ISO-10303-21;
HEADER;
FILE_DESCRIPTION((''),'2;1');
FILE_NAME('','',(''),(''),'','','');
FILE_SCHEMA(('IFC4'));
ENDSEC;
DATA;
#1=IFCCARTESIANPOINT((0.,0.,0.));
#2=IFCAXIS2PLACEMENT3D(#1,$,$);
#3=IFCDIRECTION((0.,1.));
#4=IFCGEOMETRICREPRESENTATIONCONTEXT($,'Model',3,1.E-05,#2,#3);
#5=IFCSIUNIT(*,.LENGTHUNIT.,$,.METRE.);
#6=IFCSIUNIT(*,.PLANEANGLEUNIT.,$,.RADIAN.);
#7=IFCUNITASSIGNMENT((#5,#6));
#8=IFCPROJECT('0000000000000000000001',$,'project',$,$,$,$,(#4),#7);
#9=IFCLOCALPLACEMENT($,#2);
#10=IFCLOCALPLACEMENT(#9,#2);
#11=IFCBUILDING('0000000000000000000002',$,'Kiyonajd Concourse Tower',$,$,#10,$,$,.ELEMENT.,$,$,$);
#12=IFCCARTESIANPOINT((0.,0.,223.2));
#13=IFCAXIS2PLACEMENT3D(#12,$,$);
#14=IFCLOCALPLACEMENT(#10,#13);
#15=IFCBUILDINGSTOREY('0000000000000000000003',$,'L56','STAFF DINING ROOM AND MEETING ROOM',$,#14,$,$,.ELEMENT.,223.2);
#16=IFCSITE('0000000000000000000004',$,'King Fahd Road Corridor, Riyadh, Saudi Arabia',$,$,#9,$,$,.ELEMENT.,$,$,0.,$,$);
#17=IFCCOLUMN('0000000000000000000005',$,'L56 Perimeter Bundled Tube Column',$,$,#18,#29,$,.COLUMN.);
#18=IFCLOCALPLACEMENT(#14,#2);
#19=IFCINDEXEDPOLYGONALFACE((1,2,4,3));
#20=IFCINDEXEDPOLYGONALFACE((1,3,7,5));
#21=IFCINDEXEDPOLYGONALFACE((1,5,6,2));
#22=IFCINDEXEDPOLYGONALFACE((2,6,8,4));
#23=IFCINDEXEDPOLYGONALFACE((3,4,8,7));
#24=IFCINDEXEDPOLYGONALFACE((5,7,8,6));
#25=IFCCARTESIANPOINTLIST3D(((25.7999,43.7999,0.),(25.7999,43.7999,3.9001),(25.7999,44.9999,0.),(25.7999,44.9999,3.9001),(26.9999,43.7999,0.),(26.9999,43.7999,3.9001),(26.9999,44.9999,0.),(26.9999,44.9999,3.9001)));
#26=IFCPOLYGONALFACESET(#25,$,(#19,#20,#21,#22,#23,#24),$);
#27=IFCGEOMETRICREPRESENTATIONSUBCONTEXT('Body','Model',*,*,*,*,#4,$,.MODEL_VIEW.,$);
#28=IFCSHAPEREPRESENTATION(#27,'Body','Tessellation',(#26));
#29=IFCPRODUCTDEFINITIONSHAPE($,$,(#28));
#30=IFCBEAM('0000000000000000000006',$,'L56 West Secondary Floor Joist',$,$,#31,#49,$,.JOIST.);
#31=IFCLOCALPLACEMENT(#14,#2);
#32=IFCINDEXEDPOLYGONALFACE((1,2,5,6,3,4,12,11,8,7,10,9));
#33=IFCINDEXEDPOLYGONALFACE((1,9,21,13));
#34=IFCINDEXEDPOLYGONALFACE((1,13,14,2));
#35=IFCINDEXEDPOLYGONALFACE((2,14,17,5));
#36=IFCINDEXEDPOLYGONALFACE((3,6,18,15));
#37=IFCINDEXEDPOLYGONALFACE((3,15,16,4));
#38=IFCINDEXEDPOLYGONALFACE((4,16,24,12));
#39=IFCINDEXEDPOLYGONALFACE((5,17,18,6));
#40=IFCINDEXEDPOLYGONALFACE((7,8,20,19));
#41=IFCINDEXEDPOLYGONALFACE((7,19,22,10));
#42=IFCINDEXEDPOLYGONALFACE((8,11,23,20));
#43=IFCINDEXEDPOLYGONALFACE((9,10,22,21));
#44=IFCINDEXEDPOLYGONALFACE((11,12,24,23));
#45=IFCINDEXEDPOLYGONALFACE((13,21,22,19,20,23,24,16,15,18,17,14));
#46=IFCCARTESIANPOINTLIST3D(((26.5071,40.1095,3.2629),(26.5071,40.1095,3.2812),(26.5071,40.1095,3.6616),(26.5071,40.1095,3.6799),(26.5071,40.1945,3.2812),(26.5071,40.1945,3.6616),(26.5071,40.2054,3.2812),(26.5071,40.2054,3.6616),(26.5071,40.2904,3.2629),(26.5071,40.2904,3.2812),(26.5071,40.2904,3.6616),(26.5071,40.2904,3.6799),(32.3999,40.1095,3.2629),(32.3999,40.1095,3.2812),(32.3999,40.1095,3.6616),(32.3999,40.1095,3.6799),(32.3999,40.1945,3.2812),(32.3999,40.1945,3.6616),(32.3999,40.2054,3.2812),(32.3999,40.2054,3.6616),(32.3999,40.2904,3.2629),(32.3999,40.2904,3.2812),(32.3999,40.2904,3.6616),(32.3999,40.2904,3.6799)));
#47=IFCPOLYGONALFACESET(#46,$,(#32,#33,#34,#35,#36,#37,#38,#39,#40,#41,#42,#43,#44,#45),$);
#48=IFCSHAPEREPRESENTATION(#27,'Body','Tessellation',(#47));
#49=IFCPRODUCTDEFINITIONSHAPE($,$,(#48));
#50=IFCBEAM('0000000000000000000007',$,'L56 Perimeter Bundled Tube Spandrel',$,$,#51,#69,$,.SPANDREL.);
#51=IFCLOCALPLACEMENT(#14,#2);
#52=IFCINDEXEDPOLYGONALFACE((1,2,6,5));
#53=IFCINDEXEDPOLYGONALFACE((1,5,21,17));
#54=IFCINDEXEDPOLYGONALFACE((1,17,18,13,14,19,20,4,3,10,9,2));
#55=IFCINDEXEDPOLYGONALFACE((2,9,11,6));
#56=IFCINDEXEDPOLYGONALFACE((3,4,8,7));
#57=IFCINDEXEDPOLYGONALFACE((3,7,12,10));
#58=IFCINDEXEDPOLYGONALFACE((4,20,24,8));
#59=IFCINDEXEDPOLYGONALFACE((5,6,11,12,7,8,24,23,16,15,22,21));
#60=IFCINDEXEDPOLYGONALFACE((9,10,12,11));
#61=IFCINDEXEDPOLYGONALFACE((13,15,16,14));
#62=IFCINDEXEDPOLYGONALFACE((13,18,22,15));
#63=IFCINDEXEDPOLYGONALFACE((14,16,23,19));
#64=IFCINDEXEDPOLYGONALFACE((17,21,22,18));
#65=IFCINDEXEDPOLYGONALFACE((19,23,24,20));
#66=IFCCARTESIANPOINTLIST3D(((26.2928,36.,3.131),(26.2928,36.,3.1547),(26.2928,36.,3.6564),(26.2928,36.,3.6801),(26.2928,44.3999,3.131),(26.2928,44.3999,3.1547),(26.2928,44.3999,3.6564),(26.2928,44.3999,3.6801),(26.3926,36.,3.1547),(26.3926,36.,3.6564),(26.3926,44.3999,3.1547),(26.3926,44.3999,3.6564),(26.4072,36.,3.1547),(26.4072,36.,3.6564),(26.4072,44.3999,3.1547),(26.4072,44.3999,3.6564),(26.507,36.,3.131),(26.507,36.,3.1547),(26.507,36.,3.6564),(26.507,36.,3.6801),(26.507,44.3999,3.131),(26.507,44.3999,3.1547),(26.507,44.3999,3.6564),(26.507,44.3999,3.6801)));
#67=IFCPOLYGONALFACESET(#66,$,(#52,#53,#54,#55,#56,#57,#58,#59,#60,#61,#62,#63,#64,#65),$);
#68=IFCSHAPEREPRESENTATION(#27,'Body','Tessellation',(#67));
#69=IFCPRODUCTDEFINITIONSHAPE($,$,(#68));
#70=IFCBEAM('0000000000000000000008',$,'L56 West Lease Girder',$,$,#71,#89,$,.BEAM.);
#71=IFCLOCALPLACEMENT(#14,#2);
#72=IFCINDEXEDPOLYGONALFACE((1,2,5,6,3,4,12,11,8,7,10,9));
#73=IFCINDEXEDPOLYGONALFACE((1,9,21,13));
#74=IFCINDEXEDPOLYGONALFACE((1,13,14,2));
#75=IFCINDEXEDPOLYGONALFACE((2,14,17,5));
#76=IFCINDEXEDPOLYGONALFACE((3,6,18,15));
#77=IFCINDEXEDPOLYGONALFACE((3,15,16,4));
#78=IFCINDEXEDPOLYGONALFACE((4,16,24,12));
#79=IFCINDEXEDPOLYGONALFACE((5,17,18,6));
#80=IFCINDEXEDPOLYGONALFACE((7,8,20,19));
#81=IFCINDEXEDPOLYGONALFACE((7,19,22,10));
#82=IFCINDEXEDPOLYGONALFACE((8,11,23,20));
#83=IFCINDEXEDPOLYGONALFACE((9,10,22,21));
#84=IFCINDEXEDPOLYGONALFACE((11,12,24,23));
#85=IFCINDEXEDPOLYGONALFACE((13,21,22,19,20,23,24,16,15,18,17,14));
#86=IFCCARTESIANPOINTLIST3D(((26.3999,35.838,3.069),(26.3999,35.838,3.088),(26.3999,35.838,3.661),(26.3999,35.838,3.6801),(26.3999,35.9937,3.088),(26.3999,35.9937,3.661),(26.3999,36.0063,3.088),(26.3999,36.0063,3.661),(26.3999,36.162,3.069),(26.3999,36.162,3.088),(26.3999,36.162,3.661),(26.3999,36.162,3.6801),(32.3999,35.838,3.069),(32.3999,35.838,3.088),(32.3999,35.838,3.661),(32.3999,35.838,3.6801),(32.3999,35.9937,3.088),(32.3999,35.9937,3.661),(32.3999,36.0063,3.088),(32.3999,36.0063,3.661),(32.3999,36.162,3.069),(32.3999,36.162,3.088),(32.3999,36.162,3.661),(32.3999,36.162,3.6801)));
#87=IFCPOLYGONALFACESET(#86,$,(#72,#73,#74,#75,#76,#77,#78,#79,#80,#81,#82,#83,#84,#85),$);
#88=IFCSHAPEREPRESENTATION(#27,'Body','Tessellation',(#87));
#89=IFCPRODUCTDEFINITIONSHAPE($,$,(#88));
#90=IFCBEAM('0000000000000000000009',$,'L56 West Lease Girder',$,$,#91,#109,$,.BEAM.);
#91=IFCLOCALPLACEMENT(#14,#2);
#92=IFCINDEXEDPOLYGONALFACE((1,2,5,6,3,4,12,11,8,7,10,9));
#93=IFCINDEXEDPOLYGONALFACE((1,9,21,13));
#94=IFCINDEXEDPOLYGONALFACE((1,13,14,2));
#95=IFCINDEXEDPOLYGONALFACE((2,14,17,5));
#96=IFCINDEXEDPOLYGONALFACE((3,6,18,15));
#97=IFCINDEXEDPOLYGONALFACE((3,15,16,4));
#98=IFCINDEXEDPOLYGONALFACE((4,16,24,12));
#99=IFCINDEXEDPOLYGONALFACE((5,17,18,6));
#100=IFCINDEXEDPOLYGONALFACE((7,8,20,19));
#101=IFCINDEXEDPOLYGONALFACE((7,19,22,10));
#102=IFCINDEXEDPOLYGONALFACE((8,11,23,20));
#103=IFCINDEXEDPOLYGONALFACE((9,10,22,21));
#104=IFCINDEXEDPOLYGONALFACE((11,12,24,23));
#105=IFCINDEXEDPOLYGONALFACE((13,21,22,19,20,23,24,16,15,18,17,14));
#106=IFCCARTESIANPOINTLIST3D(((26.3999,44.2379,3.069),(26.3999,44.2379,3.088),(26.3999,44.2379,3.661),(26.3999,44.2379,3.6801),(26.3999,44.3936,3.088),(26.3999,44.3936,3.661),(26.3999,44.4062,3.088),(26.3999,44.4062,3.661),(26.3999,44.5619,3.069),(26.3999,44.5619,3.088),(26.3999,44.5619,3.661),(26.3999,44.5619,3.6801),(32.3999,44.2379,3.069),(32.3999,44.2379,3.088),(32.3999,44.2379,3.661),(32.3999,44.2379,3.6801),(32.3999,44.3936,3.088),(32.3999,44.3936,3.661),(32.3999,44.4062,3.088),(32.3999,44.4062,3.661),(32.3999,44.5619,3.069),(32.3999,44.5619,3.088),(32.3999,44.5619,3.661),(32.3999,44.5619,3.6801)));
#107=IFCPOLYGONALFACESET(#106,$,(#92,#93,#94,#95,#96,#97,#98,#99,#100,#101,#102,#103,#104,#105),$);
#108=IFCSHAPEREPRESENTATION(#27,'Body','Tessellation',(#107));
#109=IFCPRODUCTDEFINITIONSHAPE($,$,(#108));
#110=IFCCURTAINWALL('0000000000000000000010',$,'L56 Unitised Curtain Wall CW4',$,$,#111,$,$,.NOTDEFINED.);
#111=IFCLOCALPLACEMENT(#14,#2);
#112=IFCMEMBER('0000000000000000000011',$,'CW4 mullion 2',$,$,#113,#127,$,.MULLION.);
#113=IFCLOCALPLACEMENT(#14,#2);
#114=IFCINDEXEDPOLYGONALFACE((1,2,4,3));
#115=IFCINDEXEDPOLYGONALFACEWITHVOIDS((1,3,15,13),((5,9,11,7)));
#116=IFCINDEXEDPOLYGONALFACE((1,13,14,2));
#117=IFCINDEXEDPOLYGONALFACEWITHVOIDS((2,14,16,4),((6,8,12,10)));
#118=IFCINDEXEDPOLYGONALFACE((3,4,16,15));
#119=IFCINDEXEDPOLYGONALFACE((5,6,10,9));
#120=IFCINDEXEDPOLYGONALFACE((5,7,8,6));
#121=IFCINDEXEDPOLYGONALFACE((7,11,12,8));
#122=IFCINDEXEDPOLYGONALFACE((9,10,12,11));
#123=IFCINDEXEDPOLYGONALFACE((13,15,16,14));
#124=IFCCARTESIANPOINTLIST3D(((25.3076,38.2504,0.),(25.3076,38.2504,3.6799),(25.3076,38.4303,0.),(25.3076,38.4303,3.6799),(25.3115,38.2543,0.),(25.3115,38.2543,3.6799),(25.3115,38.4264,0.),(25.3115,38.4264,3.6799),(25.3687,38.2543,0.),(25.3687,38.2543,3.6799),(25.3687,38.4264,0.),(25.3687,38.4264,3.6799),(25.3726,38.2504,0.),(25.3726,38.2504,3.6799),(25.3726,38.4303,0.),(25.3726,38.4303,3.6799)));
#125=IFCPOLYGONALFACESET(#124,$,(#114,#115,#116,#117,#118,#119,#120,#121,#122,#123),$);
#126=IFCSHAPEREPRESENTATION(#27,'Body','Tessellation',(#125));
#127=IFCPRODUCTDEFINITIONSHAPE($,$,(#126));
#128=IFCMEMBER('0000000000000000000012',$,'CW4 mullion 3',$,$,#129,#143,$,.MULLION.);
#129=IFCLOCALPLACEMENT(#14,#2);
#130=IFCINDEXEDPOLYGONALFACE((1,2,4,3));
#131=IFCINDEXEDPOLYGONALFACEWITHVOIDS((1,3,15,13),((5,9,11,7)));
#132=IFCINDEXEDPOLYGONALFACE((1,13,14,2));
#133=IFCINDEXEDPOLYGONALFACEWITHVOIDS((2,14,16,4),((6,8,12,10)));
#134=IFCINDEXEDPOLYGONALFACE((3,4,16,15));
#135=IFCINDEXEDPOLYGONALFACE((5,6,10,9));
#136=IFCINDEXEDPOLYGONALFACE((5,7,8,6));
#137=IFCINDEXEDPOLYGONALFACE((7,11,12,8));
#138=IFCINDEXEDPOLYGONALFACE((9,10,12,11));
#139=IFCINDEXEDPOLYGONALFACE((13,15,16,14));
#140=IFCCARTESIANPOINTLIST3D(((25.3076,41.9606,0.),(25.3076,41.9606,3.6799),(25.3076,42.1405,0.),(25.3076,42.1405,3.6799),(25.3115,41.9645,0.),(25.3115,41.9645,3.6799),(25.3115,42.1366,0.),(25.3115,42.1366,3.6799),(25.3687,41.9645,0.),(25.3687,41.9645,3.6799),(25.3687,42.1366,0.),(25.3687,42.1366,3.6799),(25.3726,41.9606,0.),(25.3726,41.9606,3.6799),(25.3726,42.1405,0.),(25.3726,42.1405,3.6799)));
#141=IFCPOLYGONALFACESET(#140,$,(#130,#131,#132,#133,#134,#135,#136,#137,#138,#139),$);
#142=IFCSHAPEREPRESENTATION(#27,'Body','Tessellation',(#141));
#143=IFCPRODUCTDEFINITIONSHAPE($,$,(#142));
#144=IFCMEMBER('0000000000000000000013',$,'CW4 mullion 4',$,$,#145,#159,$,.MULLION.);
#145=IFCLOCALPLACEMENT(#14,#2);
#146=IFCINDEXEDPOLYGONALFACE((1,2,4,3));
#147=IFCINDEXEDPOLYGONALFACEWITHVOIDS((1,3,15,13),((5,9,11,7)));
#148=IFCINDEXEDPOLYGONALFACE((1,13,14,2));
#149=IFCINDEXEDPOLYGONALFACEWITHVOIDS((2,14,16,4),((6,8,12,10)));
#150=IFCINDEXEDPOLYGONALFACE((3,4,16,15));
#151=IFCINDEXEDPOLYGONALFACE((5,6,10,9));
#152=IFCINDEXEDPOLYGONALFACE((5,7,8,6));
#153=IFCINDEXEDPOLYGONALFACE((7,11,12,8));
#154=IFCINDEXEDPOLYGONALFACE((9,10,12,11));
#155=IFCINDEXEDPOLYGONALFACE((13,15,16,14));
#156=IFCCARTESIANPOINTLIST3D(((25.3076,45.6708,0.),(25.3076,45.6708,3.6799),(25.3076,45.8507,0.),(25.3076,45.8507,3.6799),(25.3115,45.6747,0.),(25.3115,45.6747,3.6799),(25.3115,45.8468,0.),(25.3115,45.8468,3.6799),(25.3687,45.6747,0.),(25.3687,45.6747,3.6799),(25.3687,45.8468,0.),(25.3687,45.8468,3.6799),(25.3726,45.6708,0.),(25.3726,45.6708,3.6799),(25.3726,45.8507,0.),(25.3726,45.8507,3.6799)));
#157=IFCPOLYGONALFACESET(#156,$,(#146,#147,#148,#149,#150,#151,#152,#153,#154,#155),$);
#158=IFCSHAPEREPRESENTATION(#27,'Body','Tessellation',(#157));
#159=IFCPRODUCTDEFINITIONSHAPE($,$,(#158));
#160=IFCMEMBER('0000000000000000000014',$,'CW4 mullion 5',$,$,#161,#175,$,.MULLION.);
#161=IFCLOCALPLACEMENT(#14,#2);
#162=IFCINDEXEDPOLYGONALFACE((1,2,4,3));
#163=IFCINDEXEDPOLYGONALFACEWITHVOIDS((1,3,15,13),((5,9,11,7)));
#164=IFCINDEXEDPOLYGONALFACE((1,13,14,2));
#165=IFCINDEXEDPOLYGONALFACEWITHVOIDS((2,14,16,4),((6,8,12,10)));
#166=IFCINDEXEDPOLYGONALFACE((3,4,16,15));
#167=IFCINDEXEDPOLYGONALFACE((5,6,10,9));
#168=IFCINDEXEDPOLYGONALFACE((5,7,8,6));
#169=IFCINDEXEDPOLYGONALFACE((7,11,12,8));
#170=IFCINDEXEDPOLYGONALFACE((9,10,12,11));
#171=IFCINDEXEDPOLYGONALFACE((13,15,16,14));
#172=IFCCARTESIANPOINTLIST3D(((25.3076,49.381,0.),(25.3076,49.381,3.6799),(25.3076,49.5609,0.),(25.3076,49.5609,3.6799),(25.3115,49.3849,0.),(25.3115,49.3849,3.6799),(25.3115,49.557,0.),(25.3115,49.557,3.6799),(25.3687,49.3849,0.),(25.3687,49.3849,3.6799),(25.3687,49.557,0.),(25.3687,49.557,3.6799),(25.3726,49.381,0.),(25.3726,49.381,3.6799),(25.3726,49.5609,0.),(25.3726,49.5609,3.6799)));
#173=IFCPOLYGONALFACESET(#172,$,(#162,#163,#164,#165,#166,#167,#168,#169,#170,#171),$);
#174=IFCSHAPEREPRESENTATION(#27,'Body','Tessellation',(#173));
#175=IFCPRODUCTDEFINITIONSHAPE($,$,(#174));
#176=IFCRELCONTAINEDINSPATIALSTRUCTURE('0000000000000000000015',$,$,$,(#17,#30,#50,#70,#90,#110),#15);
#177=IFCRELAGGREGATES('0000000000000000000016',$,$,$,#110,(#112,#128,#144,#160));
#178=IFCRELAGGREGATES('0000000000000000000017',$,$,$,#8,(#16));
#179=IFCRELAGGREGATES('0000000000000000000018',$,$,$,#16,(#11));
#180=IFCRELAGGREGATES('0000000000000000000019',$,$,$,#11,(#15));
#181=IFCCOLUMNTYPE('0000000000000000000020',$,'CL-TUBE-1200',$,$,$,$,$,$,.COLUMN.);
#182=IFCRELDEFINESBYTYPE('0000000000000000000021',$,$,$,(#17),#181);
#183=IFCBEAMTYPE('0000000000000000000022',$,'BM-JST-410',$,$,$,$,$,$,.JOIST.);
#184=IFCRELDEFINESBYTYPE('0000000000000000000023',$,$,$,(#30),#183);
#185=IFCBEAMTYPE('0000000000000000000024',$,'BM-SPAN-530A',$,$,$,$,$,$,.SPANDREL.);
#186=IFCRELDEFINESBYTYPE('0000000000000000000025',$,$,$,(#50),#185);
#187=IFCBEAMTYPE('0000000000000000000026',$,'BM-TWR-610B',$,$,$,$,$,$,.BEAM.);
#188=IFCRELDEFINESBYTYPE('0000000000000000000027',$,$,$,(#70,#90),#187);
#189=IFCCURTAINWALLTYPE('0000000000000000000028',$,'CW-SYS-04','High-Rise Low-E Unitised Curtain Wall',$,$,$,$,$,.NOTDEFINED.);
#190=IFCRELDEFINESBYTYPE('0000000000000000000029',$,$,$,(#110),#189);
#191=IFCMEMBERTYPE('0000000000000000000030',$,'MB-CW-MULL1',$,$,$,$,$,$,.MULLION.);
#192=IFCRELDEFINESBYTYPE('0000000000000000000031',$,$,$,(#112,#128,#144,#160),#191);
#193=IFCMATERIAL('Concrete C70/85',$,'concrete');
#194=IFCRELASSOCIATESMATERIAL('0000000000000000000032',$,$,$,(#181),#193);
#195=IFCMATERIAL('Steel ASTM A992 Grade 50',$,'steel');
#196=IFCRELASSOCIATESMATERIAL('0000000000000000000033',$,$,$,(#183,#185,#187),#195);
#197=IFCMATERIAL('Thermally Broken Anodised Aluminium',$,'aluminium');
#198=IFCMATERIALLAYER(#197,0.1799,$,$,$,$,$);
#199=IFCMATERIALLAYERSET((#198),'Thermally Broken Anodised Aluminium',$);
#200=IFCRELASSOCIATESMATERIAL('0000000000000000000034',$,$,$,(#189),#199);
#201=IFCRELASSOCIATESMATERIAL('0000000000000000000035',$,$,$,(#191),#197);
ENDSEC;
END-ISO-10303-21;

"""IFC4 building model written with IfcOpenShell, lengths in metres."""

from ifc_helpers import new_model, si_unit, direction, frame, origin, origin_2d, place, context, subcontext, project, spatial, rectangle, hollow_rectangle, i_section, extrude, material, layer, layer_set, material_profile, profile_set, type_object, element, aggregate, save


model = new_model("IFC4")

# Units and contexts
model_context = context("Model", 3, precision=1e-05, world=origin(), true_north=direction((0.0, 1.0)))
body_context = subcontext(model_context, "Body", "Model", "MODEL_VIEW")
ifc_project = project(units=[si_unit("LENGTHUNIT", "METRE"), si_unit("PLANEANGLEUNIT", "RADIAN")], contexts=[model_context])

# Site, building, storey
site_placement = place(None, origin())
site = spatial("IfcSite", under=ifc_project, at=site_placement, Name="King Fahd Road Corridor, Riyadh, Saudi Arabia", CompositionType="ELEMENT", RefElevation=0.0)
building_placement = place(site_placement, origin())
building = spatial("IfcBuilding", under=site, at=building_placement, Name="Kiyonajd Concourse Tower", CompositionType="ELEMENT")
storey_placement = place(building_placement, frame((0.0, 0.0, 223.2)))
storey = spatial("IfcBuildingStorey", under=building, at=storey_placement, Name="L56", Description="STAFF DINING ROOM AND MEETING ROOM", CompositionType="ELEMENT", Elevation=223.2)

# Column
ifc_material_1 = material(Name="Concrete C70/85", Category="concrete")
ifc_material_profile_1 = material_profile(ifc_material_1, rectangle(XDim=1.2, YDim=1.2, at=origin_2d()), Name="RC-1200x1200")
ifc_profile_set_1 = profile_set([ifc_material_profile_1], Name="Concrete C70/85")
column_type = type_object("IfcColumnType", Name="CL-TUBE-1200", PredefinedType="COLUMN", material=ifc_profile_set_1)
column_placement = place(storey_placement, frame((26.3999, 44.3999, 0.0), z_axis=(0.0, 0.0, 1.0), x_axis=(1.0, 0.0, 0.0)))
element("IfcColumn", 1, at=column_placement, inside=storey, type_object=column_type, Name="L56 Perimeter Bundled Tube Column", PredefinedType="COLUMN", context=body_context, shape_type="SweptSolid", body=[
    extrude(rectangle(XDim=1.2, YDim=1.2, at=origin_2d()), origin(), (0.0, 0.0, 1.0), 3.9001),
])

# Beams
ifc_material_2 = material(Name="Steel ASTM A992 Grade 50", Category="steel")
ifc_material_profile_2 = material_profile(ifc_material_2, i_section(OverallWidth=0.1809, OverallDepth=0.417, WebThickness=0.011, FlangeThickness=0.0183, at=origin_2d()), Name="W410X85")
ifc_profile_set_2 = profile_set([ifc_material_profile_2], Name="Steel ASTM A992 Grade 50")
beam_type_1 = type_object("IfcBeamType", Name="BM-JST-410", PredefinedType="JOIST", material=ifc_profile_set_2)
beam_1_placement = place(storey_placement, frame((26.5071, 40.2, 3.4714), z_axis=(1.0, 0.0, 0.0), x_axis=(0.0, 1.0, 0.0)))
element("IfcBeam", 2, at=beam_1_placement, inside=storey, type_object=beam_type_1, Name="L56 West Secondary Floor Joist", PredefinedType="JOIST", context=body_context, shape_type="SweptSolid", body=[
    extrude(i_section(OverallWidth=0.1809, OverallDepth=0.417, WebThickness=0.011, FlangeThickness=0.0183, at=origin_2d()), origin(), (0.0, 0.0, 1.0), 5.8928),
])
ifc_material_profile_3 = material_profile(ifc_material_2, i_section(OverallWidth=0.2141, OverallDepth=0.5491, WebThickness=0.0146, FlangeThickness=0.0237, at=origin_2d()), Name="W530X138")
ifc_profile_set_3 = profile_set([ifc_material_profile_3], Name="Steel ASTM A992 Grade 50")
beam_type_2 = type_object("IfcBeamType", Name="BM-SPAN-530A", PredefinedType="SPANDREL", material=ifc_profile_set_3)
beam_2_placement = place(storey_placement, frame((26.3999, 44.3999, 3.4055), z_axis=(0.0, -1.0, 0.0), x_axis=(1.0, 0.0, 0.0)))
element("IfcBeam", 3, at=beam_2_placement, inside=storey, type_object=beam_type_2, Name="L56 Perimeter Bundled Tube Spandrel", PredefinedType="SPANDREL", context=body_context, shape_type="SweptSolid", body=[
    extrude(i_section(OverallWidth=0.2141, OverallDepth=0.5491, WebThickness=0.0146, FlangeThickness=0.0237, at=origin_2d()), origin(), (0.0, 0.0, 1.0), 8.3999),
])
ifc_material_profile_4 = material_profile(ifc_material_2, i_section(OverallWidth=0.324, OverallDepth=0.6111, WebThickness=0.0127, FlangeThickness=0.019, at=origin_2d()), Name="W610X155")
ifc_profile_set_4 = profile_set([ifc_material_profile_4], Name="Steel ASTM A992 Grade 50")
beam_type_3 = type_object("IfcBeamType", Name="BM-TWR-610B", PredefinedType="BEAM", material=ifc_profile_set_4)
for number, where, z_axis, x_axis, name in (
    (4, (26.3999, 36.0, 3.3745), (1.0, 0.0, 0.0), (0.0, 1.0, 0.0), "L56 West Lease Girder"),
    (5, (26.3999, 44.3999, 3.3745), (1.0, 0.0, 0.0), (0.0, 1.0, 0.0), "L56 West Lease Girder"),
):
    element("IfcBeam", number, at=place(storey_placement, frame(where, z_axis=z_axis, x_axis=x_axis)), inside=storey, type_object=beam_type_3, Name=name, PredefinedType="BEAM", context=body_context, shape_type="SweptSolid", body=[
        extrude(i_section(OverallWidth=0.324, OverallDepth=0.6111, WebThickness=0.0127, FlangeThickness=0.019, at=origin_2d()), origin(), (0.0, 0.0, 1.0), 6.0),
    ])

# Curtain wall, members
ifc_material_3 = material(Name="Thermally Broken Anodised Aluminium", Category="aluminium")
ifc_layer_1 = layer(ifc_material_3, 0.1799)
ifc_layer_set_1 = layer_set([ifc_layer_1], Name="Thermally Broken Anodised Aluminium")
curtain_wall_type = type_object("IfcCurtainWallType", Name="CW-SYS-04", Description="High-Rise Low-E Unitised Curtain Wall", PredefinedType="NOTDEFINED", material=ifc_layer_set_1)
curtain_wall_placement = place(storey_placement, origin())
curtain_wall = element("IfcCurtainWall", 6, at=curtain_wall_placement, inside=storey, type_object=curtain_wall_type, Name="L56 Unitised Curtain Wall CW4", PredefinedType="NOTDEFINED")
ifc_material_profile_5 = material_profile(ifc_material_3, hollow_rectangle(XDim=0.0649, YDim=0.1799, WallThickness=0.0039, at=origin_2d()), Name="MULL-65x180")
ifc_profile_set_5 = profile_set([ifc_material_profile_5], Name="Thermally Broken Anodised Aluminium")
member_type_1 = type_object("IfcMemberType", Name="MB-CW-MULL1", PredefinedType="MULLION", material=ifc_profile_set_5)
member_1_placement = place(storey_placement, frame((25.3401, 38.3403, 0.0), z_axis=(0.0, 0.0, 1.0), x_axis=(-1.0, 0.0, 0.0)))
member_1 = element("IfcMember", 7, at=member_1_placement, type_object=member_type_1, Name="CW4 mullion 2", PredefinedType="MULLION", context=body_context, shape_type="SweptSolid", body=[
    extrude(hollow_rectangle(XDim=0.0649, YDim=0.1799, WallThickness=0.0039, at=origin_2d()), origin(), (0.0, 0.0, 1.0), 3.6799),
])
member_2_placement = place(storey_placement, frame((25.3401, 42.0505, 0.0), z_axis=(0.0, 0.0, 1.0), x_axis=(-1.0, 0.0, 0.0)))
member_2 = element("IfcMember", 8, at=member_2_placement, type_object=member_type_1, Name="CW4 mullion 3", PredefinedType="MULLION", context=body_context, shape_type="SweptSolid", body=[
    extrude(hollow_rectangle(XDim=0.0649, YDim=0.1799, WallThickness=0.0039, at=origin_2d()), origin(), (0.0, 0.0, 1.0), 3.6799),
])
member_3_placement = place(storey_placement, frame((25.3401, 45.7607, 0.0), z_axis=(0.0, 0.0, 1.0), x_axis=(-1.0, 0.0, 0.0)))
member_3 = element("IfcMember", 9, at=member_3_placement, type_object=member_type_1, Name="CW4 mullion 4", PredefinedType="MULLION", context=body_context, shape_type="SweptSolid", body=[
    extrude(hollow_rectangle(XDim=0.0649, YDim=0.1799, WallThickness=0.0039, at=origin_2d()), origin(), (0.0, 0.0, 1.0), 3.6799),
])
member_4_placement = place(storey_placement, frame((25.3401, 49.4709, 0.0), z_axis=(0.0, 0.0, 1.0), x_axis=(-1.0, 0.0, 0.0)))
member_4 = element("IfcMember", 10, at=member_4_placement, type_object=member_type_1, Name="CW4 mullion 5", PredefinedType="MULLION", context=body_context, shape_type="SweptSolid", body=[
    extrude(hollow_rectangle(XDim=0.0649, YDim=0.1799, WallThickness=0.0039, at=origin_2d()), origin(), (0.0, 0.0, 1.0), 3.6799),
])
aggregate(curtain_wall, [member_1, member_2, member_3, member_4])

save(model, "model.ifc")
